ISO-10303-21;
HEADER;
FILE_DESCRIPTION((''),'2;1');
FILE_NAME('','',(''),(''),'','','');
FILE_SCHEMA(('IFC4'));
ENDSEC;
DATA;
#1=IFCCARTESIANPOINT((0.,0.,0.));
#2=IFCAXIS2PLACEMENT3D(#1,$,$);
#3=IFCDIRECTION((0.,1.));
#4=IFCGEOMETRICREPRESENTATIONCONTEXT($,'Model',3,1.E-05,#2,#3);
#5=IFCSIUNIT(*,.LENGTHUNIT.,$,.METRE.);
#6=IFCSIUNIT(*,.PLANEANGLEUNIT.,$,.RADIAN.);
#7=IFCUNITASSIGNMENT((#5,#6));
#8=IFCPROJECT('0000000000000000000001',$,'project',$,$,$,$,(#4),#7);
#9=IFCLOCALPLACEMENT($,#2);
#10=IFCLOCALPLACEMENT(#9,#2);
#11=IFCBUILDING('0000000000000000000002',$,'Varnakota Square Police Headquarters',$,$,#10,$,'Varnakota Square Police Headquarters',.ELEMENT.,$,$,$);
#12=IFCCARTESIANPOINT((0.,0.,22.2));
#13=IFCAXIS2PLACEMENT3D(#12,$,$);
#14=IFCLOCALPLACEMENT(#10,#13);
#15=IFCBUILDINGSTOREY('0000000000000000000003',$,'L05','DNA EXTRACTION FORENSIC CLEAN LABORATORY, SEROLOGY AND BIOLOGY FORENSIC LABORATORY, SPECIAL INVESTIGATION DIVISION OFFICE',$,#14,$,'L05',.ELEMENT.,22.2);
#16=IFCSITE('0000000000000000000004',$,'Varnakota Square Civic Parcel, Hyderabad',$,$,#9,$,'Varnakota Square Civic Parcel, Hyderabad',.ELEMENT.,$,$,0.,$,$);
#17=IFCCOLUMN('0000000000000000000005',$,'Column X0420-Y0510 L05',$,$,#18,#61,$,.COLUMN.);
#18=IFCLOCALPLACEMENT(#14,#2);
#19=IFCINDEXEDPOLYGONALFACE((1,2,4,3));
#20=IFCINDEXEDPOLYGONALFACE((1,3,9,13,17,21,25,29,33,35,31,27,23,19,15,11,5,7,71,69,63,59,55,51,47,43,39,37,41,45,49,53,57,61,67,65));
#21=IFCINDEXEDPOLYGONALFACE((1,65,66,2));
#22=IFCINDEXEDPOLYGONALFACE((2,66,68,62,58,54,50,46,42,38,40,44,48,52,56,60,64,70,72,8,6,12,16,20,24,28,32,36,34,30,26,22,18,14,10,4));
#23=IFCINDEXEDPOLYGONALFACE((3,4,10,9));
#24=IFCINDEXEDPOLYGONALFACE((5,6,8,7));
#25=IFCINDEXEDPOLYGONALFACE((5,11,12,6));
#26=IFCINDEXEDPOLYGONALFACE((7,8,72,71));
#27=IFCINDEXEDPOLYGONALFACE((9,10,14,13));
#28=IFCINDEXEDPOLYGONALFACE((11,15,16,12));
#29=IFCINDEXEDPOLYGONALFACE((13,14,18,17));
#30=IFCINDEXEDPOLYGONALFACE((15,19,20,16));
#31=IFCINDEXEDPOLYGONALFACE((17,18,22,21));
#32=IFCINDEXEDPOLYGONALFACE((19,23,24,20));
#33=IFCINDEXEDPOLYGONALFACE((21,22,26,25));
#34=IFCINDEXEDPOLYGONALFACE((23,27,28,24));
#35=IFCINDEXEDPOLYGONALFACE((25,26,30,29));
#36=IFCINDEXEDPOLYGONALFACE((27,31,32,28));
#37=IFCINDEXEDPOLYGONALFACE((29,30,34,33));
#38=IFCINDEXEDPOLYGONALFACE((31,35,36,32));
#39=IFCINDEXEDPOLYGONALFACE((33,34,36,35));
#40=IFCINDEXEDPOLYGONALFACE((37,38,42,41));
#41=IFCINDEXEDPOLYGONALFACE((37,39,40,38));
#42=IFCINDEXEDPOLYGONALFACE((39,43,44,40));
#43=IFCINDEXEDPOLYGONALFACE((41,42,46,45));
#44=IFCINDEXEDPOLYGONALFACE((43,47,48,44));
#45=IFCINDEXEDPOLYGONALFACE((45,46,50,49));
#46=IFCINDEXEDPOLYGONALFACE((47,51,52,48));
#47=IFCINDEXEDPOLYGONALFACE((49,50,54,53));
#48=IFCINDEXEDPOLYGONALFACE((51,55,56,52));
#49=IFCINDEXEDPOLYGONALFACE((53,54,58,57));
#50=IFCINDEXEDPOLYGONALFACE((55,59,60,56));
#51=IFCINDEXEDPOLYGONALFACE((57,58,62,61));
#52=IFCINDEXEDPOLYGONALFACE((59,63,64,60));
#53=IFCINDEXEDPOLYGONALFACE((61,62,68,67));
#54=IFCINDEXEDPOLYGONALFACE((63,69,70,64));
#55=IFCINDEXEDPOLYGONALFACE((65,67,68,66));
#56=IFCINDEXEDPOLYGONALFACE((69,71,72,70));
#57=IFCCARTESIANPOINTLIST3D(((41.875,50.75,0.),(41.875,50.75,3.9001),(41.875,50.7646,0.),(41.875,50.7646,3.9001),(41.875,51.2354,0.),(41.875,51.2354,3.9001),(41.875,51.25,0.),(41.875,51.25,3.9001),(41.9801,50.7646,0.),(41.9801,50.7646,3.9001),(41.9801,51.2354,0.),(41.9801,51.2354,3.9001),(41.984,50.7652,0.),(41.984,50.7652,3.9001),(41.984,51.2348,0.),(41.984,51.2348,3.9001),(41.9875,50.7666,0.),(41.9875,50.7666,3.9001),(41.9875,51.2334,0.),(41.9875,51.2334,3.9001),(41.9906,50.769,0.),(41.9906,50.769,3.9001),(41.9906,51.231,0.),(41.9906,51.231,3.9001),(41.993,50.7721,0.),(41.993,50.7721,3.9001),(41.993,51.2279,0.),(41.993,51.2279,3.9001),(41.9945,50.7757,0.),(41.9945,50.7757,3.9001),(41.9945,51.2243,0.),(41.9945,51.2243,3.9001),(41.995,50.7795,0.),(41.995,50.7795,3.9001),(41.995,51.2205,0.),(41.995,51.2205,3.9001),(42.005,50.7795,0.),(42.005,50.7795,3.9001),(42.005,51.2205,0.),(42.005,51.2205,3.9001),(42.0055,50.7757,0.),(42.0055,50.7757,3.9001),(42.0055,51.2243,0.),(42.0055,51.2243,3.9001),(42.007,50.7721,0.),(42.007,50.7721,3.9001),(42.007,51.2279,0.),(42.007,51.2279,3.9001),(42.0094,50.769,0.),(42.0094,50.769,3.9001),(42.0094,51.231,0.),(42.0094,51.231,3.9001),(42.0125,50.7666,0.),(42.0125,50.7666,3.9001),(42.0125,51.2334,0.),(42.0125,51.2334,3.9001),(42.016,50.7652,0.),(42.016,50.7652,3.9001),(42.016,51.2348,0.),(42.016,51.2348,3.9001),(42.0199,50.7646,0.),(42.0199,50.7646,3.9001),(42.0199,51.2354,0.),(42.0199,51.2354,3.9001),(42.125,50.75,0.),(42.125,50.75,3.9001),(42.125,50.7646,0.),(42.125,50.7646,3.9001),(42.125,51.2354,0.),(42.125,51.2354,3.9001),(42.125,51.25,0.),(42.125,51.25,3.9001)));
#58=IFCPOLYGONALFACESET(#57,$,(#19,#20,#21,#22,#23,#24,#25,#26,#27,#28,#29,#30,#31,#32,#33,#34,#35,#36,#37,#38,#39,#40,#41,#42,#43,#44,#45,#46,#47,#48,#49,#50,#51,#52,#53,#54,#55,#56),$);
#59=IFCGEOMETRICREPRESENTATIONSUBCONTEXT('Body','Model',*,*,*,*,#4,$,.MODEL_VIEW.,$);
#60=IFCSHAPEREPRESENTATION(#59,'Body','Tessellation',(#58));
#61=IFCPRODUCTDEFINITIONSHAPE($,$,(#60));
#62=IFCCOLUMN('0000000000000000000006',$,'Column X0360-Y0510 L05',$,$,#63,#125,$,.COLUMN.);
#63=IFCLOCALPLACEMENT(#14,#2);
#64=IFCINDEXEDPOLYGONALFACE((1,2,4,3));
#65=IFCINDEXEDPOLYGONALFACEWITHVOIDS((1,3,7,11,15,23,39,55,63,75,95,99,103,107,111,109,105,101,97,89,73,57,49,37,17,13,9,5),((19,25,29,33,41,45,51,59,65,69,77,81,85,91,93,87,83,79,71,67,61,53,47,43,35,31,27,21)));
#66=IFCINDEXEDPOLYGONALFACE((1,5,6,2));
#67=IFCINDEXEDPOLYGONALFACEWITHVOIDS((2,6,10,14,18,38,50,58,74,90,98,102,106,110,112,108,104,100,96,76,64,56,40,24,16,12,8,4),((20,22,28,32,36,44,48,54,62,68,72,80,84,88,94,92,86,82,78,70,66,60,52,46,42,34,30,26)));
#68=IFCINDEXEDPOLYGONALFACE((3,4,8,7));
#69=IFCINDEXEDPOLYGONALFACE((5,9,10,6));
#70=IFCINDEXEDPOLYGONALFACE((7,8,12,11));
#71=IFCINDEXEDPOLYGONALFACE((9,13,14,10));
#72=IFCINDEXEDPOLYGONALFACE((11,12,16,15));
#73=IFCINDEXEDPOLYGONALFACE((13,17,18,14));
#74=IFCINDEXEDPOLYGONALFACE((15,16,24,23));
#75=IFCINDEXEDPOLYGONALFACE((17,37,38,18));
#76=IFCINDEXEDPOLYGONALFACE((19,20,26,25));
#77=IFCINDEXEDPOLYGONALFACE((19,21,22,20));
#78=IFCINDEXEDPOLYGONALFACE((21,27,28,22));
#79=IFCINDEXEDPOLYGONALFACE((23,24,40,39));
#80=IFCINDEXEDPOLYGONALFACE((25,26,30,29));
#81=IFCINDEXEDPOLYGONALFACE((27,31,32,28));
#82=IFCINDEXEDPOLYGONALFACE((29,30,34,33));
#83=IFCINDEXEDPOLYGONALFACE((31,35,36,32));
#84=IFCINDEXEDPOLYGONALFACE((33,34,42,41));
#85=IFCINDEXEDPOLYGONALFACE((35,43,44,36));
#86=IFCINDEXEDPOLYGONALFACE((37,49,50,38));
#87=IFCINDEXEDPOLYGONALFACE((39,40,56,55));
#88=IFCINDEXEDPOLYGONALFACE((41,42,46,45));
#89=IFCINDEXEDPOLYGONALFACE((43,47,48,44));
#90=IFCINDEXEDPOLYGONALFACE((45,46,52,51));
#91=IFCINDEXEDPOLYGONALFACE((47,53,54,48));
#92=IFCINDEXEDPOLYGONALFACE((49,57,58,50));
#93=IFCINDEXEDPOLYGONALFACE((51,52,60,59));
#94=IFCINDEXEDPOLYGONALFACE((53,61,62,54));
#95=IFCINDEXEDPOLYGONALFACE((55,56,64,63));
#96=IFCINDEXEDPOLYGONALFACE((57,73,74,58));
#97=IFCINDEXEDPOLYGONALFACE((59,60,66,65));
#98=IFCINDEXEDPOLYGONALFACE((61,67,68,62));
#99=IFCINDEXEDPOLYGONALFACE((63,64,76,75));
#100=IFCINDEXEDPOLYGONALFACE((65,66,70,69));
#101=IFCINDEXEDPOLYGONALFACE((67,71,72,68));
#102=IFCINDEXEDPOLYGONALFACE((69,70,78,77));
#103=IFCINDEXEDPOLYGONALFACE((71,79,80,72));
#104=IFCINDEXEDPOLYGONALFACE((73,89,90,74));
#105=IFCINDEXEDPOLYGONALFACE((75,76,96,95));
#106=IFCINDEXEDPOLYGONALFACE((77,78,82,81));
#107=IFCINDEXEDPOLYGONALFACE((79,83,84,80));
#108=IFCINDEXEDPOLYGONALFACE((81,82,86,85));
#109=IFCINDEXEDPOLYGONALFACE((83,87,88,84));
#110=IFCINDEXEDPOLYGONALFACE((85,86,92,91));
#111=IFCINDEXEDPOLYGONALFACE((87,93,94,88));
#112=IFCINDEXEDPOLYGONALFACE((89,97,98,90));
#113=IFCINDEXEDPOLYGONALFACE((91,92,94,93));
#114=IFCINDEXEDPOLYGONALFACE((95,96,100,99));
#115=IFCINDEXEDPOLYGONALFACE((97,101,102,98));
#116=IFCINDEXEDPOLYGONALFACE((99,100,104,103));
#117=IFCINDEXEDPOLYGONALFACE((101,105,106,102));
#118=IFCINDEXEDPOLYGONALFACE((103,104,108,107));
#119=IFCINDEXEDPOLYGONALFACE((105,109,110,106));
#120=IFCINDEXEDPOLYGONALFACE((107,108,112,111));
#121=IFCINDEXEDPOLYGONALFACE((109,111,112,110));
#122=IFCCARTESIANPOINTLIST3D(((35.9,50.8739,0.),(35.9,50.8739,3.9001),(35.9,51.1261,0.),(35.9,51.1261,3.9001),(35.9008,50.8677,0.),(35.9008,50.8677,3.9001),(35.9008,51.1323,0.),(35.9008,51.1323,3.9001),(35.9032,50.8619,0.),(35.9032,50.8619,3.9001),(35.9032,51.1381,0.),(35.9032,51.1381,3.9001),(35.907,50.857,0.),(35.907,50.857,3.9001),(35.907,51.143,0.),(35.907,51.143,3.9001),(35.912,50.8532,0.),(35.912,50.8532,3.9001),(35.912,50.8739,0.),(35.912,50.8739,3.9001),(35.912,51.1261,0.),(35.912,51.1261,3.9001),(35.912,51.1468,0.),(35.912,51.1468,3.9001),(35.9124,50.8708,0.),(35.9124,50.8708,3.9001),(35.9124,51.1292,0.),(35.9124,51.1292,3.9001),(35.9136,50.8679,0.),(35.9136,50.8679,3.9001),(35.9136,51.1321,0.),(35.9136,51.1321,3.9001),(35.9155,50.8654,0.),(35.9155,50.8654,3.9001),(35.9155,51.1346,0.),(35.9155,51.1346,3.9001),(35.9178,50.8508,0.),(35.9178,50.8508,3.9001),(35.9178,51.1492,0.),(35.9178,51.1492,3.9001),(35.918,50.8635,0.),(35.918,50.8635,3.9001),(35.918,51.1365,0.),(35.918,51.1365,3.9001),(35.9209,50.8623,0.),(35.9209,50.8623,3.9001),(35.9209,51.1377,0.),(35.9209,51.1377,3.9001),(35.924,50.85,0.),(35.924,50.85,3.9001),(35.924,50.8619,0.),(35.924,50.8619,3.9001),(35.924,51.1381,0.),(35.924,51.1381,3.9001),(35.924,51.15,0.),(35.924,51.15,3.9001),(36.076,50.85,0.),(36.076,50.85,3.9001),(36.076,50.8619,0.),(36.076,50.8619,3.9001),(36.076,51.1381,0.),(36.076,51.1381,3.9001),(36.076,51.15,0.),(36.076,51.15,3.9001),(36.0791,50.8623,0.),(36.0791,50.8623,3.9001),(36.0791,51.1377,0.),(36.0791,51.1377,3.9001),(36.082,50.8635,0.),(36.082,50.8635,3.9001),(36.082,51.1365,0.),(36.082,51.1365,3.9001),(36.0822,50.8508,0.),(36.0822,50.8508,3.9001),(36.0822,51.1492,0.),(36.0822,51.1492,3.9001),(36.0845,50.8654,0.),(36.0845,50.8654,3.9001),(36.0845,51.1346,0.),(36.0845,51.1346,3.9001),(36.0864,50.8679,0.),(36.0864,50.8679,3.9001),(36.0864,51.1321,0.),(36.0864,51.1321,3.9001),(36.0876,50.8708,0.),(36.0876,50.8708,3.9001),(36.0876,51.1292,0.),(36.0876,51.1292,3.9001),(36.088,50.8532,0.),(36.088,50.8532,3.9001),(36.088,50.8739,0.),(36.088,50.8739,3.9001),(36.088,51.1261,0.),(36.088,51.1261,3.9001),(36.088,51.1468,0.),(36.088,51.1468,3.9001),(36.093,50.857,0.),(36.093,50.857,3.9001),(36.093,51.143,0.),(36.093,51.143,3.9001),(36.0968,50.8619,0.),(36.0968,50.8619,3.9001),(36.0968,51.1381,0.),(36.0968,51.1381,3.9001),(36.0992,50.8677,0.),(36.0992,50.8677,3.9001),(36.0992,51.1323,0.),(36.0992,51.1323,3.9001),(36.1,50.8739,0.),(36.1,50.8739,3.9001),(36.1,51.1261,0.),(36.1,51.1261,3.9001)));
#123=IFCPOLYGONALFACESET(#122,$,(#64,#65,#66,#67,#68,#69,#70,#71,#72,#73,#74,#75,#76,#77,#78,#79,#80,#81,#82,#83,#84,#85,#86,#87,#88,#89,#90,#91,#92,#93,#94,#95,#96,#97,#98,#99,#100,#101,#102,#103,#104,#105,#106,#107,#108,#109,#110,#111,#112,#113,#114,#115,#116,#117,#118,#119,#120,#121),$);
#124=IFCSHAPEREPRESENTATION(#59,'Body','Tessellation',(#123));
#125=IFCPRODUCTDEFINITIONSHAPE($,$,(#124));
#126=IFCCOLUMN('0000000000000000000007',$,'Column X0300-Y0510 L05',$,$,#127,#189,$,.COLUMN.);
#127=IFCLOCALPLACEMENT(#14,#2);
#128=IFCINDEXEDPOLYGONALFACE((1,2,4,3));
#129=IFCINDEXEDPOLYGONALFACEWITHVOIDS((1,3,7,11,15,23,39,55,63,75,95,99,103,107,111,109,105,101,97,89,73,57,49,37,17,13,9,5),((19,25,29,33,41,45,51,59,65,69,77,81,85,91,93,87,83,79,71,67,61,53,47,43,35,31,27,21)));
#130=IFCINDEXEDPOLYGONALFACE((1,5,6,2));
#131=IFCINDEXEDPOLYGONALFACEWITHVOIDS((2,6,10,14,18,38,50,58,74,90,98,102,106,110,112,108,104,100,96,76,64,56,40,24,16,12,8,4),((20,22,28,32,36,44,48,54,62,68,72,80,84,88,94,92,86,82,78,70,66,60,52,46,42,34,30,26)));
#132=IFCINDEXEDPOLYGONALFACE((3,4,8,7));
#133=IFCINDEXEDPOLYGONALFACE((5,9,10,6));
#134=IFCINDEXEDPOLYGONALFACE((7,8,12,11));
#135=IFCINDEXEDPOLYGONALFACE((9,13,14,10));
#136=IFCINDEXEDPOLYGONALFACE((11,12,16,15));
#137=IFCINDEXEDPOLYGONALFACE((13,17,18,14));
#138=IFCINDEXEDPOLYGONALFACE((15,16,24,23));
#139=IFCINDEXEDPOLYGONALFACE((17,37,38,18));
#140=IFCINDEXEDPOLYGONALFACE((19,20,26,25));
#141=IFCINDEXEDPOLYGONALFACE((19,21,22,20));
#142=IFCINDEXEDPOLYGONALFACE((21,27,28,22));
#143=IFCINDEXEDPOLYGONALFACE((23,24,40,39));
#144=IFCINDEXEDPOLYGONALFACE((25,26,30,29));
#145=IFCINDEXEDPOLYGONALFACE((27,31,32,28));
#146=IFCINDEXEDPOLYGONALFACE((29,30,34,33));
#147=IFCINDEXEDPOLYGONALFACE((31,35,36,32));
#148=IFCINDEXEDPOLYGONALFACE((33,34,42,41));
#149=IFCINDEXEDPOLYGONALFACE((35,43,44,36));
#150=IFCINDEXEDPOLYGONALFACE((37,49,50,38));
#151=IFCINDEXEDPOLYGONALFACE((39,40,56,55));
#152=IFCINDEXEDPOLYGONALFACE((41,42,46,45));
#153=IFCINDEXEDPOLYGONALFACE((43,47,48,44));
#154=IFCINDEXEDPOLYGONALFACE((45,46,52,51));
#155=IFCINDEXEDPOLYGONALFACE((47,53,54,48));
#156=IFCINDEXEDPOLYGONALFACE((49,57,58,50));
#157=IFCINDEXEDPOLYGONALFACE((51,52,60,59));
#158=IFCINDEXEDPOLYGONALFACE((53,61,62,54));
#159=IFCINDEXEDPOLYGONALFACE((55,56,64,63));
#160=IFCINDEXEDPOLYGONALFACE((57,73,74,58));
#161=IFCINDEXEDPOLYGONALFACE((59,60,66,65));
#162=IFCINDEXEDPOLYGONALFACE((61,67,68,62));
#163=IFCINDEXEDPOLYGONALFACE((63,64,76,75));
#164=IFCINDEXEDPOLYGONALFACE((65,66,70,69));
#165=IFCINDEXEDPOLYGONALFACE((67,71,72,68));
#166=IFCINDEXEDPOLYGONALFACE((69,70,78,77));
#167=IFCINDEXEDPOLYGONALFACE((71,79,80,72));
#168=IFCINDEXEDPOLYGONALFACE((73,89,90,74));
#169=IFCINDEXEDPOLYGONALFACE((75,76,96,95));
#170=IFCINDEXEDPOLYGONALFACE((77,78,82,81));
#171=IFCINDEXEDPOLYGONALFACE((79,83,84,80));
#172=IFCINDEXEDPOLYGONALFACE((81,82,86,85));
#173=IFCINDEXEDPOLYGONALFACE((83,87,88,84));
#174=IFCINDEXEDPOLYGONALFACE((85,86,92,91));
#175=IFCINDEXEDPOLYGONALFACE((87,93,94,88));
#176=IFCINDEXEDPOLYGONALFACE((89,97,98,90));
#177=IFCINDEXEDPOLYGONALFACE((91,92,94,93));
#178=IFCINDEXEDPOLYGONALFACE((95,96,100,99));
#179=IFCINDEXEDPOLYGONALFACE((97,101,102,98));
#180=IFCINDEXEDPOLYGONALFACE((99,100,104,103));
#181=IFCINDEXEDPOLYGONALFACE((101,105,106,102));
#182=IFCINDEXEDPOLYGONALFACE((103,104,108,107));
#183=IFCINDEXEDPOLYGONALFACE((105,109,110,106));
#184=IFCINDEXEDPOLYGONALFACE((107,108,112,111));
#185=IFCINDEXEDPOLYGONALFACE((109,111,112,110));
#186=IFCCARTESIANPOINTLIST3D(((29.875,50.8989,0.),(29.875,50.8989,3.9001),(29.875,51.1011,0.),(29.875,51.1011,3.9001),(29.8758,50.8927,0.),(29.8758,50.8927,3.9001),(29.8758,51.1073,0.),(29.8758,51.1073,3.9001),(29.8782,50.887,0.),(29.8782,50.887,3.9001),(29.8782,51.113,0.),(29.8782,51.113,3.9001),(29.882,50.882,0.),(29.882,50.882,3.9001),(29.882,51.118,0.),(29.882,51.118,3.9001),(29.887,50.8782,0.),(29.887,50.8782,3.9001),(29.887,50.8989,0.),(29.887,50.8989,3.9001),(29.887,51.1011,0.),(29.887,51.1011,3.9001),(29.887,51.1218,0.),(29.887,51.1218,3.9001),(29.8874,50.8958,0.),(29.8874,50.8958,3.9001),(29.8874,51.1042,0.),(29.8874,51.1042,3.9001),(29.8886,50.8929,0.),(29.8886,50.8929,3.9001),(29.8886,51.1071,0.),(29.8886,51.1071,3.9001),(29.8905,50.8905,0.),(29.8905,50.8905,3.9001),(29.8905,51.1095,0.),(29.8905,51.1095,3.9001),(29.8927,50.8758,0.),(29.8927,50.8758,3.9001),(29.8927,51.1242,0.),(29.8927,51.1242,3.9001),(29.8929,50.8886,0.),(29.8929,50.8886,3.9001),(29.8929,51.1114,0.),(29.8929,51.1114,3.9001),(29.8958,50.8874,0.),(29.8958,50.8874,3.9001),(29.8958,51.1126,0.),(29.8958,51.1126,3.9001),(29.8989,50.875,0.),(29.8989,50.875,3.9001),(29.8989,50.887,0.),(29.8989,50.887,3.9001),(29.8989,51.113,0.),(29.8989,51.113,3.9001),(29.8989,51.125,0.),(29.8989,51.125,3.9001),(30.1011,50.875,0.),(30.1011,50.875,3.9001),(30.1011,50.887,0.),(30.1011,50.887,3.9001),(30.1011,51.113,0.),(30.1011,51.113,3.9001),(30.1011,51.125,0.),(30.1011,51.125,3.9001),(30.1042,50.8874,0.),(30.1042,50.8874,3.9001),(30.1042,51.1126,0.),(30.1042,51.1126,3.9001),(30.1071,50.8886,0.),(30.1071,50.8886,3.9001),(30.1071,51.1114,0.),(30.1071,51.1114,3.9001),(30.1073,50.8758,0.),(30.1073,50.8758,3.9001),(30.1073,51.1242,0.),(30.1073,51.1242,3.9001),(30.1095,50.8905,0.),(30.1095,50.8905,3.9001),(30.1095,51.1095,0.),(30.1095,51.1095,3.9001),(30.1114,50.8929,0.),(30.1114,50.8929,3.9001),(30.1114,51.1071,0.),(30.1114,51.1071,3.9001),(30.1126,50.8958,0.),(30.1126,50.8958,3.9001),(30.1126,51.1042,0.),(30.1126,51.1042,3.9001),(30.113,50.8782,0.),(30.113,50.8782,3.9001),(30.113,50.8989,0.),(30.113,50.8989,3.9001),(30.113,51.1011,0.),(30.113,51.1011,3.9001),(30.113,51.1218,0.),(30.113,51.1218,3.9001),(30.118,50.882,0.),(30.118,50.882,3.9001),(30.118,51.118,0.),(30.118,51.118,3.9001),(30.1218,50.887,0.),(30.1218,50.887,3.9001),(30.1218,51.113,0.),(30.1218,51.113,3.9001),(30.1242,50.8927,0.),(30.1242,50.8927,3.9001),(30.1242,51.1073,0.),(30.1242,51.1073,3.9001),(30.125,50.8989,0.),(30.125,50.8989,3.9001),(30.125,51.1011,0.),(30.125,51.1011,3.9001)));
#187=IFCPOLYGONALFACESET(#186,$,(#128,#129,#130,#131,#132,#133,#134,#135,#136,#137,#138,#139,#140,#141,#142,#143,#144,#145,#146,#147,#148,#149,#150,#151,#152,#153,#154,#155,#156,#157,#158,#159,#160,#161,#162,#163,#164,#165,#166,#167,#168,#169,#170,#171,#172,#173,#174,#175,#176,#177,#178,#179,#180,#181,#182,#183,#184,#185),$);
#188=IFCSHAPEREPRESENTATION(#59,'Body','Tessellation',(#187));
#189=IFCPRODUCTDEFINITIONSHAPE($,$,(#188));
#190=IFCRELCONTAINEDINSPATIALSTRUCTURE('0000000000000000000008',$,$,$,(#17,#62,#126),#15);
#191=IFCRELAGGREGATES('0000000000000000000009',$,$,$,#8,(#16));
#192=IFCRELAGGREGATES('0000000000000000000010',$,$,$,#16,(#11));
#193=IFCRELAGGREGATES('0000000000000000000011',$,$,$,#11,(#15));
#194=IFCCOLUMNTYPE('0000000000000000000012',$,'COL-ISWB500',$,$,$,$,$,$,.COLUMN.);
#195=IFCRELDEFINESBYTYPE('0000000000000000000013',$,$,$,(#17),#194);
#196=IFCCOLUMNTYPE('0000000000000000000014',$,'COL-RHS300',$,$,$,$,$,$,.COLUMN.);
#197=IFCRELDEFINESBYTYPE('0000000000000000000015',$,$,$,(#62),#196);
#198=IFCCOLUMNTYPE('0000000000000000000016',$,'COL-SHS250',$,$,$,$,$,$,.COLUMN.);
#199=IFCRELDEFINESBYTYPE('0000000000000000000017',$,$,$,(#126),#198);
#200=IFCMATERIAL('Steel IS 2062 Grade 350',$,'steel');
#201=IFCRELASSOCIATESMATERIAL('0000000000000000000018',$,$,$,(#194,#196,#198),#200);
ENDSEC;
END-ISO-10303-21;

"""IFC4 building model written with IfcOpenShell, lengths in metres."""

from ifc_helpers import new_model, si_unit, direction, frame, origin, origin_2d, place, context, subcontext, project, spatial, hollow_rectangle, i_section, extrude, material, material_profile, profile_set, type_object, element, save


model = new_model("IFC4")

# Units and contexts
model_context = context("Model", 3, precision=1e-05, world=origin(), true_north=direction((0.0, 1.0)))
body_context = subcontext(model_context, "Body", "Model", "MODEL_VIEW")
ifc_project = project(units=[si_unit("LENGTHUNIT", "METRE"), si_unit("PLANEANGLEUNIT", "RADIAN")], contexts=[model_context])

# Site, building, storey
site_placement = place(None, origin())
site = spatial("IfcSite", under=ifc_project, at=site_placement, Name="Varnakota Square Civic Parcel, Hyderabad", LongName="Varnakota Square Civic Parcel, Hyderabad", CompositionType="ELEMENT", RefElevation=0.0)
building_placement = place(site_placement, origin())
building = spatial("IfcBuilding", under=site, at=building_placement, Name="Varnakota Square Police Headquarters", LongName="Varnakota Square Police Headquarters", CompositionType="ELEMENT")
storey_placement = place(building_placement, frame((0.0, 0.0, 22.2)))
storey = spatial("IfcBuildingStorey", under=building, at=storey_placement, Name="L05", Description="DNA EXTRACTION FORENSIC CLEAN LABORATORY, SEROLOGY AND BIOLOGY FORENSIC LABORATORY, SPECIAL INVESTIGATION DIVISION OFFICE", LongName="L05", CompositionType="ELEMENT", Elevation=22.2)

# Columns
ifc_material_1 = material(Name="Steel IS 2062 Grade 350", Category="steel")
ifc_material_profile_1 = material_profile(ifc_material_1, i_section(OverallWidth=0.25, OverallDepth=0.5, WebThickness=0.01, FlangeThickness=0.0146, FilletRadius=0.0149, at=origin_2d()), Name="ISWB 500")
ifc_profile_set_1 = profile_set([ifc_material_profile_1], Name="Steel IS 2062 Grade 350")
column_type_1 = type_object("IfcColumnType", Name="COL-ISWB500", PredefinedType="COLUMN", material=ifc_profile_set_1)
column_1_placement = place(storey_placement, frame((42.0, 51.0, 0.0), z_axis=(0.0, 0.0, 1.0), x_axis=(1.0, 0.0, 0.0)))
element("IfcColumn", 1, at=column_1_placement, inside=storey, type_object=column_type_1, Name="Column X0420-Y0510 L05", PredefinedType="COLUMN", context=body_context, shape_type="SweptSolid", body=[
    extrude(i_section(OverallWidth=0.25, OverallDepth=0.5, WebThickness=0.01, FlangeThickness=0.0146, FilletRadius=0.0149, at=origin_2d()), origin(), (0.0, 0.0, 1.0), 3.9001),
])
ifc_material_profile_2 = material_profile(ifc_material_1, hollow_rectangle(XDim=0.2, YDim=0.3, WallThickness=0.012, InnerFilletRadius=0.012, OuterFilletRadius=0.0239, at=origin_2d()), Name="RHS 300x200x12")
ifc_profile_set_2 = profile_set([ifc_material_profile_2], Name="Steel IS 2062 Grade 350")
column_type_2 = type_object("IfcColumnType", Name="COL-RHS300", PredefinedType="COLUMN", material=ifc_profile_set_2)
column_2_placement = place(storey_placement, frame((36.0, 51.0, 0.0), z_axis=(0.0, 0.0, 1.0), x_axis=(1.0, 0.0, 0.0)))
element("IfcColumn", 2, at=column_2_placement, inside=storey, type_object=column_type_2, Name="Column X0360-Y0510 L05", PredefinedType="COLUMN", context=body_context, shape_type="SweptSolid", body=[
    extrude(hollow_rectangle(XDim=0.2, YDim=0.3, WallThickness=0.012, InnerFilletRadius=0.012, OuterFilletRadius=0.0239, at=origin_2d()), origin(), (0.0, 0.0, 1.0), 3.9001),
])
ifc_material_profile_3 = material_profile(ifc_material_1, hollow_rectangle(XDim=0.25, YDim=0.25, WallThickness=0.012, InnerFilletRadius=0.012, OuterFilletRadius=0.0239, at=origin_2d()), Name="SHS 250x250x12")
ifc_profile_set_3 = profile_set([ifc_material_profile_3], Name="Steel IS 2062 Grade 350")
column_type_3 = type_object("IfcColumnType", Name="COL-SHS250", PredefinedType="COLUMN", material=ifc_profile_set_3)
column_3_placement = place(storey_placement, frame((30.0, 51.0, 0.0), z_axis=(0.0, 0.0, 1.0), x_axis=(1.0, 0.0, 0.0)))
element("IfcColumn", 3, at=column_3_placement, inside=storey, type_object=column_type_3, Name="Column X0300-Y0510 L05", PredefinedType="COLUMN", context=body_context, shape_type="SweptSolid", body=[
    extrude(hollow_rectangle(XDim=0.25, YDim=0.25, WallThickness=0.012, InnerFilletRadius=0.012, OuterFilletRadius=0.0239, at=origin_2d()), origin(), (0.0, 0.0, 1.0), 3.9001),
])

save(model, "model.ifc")
